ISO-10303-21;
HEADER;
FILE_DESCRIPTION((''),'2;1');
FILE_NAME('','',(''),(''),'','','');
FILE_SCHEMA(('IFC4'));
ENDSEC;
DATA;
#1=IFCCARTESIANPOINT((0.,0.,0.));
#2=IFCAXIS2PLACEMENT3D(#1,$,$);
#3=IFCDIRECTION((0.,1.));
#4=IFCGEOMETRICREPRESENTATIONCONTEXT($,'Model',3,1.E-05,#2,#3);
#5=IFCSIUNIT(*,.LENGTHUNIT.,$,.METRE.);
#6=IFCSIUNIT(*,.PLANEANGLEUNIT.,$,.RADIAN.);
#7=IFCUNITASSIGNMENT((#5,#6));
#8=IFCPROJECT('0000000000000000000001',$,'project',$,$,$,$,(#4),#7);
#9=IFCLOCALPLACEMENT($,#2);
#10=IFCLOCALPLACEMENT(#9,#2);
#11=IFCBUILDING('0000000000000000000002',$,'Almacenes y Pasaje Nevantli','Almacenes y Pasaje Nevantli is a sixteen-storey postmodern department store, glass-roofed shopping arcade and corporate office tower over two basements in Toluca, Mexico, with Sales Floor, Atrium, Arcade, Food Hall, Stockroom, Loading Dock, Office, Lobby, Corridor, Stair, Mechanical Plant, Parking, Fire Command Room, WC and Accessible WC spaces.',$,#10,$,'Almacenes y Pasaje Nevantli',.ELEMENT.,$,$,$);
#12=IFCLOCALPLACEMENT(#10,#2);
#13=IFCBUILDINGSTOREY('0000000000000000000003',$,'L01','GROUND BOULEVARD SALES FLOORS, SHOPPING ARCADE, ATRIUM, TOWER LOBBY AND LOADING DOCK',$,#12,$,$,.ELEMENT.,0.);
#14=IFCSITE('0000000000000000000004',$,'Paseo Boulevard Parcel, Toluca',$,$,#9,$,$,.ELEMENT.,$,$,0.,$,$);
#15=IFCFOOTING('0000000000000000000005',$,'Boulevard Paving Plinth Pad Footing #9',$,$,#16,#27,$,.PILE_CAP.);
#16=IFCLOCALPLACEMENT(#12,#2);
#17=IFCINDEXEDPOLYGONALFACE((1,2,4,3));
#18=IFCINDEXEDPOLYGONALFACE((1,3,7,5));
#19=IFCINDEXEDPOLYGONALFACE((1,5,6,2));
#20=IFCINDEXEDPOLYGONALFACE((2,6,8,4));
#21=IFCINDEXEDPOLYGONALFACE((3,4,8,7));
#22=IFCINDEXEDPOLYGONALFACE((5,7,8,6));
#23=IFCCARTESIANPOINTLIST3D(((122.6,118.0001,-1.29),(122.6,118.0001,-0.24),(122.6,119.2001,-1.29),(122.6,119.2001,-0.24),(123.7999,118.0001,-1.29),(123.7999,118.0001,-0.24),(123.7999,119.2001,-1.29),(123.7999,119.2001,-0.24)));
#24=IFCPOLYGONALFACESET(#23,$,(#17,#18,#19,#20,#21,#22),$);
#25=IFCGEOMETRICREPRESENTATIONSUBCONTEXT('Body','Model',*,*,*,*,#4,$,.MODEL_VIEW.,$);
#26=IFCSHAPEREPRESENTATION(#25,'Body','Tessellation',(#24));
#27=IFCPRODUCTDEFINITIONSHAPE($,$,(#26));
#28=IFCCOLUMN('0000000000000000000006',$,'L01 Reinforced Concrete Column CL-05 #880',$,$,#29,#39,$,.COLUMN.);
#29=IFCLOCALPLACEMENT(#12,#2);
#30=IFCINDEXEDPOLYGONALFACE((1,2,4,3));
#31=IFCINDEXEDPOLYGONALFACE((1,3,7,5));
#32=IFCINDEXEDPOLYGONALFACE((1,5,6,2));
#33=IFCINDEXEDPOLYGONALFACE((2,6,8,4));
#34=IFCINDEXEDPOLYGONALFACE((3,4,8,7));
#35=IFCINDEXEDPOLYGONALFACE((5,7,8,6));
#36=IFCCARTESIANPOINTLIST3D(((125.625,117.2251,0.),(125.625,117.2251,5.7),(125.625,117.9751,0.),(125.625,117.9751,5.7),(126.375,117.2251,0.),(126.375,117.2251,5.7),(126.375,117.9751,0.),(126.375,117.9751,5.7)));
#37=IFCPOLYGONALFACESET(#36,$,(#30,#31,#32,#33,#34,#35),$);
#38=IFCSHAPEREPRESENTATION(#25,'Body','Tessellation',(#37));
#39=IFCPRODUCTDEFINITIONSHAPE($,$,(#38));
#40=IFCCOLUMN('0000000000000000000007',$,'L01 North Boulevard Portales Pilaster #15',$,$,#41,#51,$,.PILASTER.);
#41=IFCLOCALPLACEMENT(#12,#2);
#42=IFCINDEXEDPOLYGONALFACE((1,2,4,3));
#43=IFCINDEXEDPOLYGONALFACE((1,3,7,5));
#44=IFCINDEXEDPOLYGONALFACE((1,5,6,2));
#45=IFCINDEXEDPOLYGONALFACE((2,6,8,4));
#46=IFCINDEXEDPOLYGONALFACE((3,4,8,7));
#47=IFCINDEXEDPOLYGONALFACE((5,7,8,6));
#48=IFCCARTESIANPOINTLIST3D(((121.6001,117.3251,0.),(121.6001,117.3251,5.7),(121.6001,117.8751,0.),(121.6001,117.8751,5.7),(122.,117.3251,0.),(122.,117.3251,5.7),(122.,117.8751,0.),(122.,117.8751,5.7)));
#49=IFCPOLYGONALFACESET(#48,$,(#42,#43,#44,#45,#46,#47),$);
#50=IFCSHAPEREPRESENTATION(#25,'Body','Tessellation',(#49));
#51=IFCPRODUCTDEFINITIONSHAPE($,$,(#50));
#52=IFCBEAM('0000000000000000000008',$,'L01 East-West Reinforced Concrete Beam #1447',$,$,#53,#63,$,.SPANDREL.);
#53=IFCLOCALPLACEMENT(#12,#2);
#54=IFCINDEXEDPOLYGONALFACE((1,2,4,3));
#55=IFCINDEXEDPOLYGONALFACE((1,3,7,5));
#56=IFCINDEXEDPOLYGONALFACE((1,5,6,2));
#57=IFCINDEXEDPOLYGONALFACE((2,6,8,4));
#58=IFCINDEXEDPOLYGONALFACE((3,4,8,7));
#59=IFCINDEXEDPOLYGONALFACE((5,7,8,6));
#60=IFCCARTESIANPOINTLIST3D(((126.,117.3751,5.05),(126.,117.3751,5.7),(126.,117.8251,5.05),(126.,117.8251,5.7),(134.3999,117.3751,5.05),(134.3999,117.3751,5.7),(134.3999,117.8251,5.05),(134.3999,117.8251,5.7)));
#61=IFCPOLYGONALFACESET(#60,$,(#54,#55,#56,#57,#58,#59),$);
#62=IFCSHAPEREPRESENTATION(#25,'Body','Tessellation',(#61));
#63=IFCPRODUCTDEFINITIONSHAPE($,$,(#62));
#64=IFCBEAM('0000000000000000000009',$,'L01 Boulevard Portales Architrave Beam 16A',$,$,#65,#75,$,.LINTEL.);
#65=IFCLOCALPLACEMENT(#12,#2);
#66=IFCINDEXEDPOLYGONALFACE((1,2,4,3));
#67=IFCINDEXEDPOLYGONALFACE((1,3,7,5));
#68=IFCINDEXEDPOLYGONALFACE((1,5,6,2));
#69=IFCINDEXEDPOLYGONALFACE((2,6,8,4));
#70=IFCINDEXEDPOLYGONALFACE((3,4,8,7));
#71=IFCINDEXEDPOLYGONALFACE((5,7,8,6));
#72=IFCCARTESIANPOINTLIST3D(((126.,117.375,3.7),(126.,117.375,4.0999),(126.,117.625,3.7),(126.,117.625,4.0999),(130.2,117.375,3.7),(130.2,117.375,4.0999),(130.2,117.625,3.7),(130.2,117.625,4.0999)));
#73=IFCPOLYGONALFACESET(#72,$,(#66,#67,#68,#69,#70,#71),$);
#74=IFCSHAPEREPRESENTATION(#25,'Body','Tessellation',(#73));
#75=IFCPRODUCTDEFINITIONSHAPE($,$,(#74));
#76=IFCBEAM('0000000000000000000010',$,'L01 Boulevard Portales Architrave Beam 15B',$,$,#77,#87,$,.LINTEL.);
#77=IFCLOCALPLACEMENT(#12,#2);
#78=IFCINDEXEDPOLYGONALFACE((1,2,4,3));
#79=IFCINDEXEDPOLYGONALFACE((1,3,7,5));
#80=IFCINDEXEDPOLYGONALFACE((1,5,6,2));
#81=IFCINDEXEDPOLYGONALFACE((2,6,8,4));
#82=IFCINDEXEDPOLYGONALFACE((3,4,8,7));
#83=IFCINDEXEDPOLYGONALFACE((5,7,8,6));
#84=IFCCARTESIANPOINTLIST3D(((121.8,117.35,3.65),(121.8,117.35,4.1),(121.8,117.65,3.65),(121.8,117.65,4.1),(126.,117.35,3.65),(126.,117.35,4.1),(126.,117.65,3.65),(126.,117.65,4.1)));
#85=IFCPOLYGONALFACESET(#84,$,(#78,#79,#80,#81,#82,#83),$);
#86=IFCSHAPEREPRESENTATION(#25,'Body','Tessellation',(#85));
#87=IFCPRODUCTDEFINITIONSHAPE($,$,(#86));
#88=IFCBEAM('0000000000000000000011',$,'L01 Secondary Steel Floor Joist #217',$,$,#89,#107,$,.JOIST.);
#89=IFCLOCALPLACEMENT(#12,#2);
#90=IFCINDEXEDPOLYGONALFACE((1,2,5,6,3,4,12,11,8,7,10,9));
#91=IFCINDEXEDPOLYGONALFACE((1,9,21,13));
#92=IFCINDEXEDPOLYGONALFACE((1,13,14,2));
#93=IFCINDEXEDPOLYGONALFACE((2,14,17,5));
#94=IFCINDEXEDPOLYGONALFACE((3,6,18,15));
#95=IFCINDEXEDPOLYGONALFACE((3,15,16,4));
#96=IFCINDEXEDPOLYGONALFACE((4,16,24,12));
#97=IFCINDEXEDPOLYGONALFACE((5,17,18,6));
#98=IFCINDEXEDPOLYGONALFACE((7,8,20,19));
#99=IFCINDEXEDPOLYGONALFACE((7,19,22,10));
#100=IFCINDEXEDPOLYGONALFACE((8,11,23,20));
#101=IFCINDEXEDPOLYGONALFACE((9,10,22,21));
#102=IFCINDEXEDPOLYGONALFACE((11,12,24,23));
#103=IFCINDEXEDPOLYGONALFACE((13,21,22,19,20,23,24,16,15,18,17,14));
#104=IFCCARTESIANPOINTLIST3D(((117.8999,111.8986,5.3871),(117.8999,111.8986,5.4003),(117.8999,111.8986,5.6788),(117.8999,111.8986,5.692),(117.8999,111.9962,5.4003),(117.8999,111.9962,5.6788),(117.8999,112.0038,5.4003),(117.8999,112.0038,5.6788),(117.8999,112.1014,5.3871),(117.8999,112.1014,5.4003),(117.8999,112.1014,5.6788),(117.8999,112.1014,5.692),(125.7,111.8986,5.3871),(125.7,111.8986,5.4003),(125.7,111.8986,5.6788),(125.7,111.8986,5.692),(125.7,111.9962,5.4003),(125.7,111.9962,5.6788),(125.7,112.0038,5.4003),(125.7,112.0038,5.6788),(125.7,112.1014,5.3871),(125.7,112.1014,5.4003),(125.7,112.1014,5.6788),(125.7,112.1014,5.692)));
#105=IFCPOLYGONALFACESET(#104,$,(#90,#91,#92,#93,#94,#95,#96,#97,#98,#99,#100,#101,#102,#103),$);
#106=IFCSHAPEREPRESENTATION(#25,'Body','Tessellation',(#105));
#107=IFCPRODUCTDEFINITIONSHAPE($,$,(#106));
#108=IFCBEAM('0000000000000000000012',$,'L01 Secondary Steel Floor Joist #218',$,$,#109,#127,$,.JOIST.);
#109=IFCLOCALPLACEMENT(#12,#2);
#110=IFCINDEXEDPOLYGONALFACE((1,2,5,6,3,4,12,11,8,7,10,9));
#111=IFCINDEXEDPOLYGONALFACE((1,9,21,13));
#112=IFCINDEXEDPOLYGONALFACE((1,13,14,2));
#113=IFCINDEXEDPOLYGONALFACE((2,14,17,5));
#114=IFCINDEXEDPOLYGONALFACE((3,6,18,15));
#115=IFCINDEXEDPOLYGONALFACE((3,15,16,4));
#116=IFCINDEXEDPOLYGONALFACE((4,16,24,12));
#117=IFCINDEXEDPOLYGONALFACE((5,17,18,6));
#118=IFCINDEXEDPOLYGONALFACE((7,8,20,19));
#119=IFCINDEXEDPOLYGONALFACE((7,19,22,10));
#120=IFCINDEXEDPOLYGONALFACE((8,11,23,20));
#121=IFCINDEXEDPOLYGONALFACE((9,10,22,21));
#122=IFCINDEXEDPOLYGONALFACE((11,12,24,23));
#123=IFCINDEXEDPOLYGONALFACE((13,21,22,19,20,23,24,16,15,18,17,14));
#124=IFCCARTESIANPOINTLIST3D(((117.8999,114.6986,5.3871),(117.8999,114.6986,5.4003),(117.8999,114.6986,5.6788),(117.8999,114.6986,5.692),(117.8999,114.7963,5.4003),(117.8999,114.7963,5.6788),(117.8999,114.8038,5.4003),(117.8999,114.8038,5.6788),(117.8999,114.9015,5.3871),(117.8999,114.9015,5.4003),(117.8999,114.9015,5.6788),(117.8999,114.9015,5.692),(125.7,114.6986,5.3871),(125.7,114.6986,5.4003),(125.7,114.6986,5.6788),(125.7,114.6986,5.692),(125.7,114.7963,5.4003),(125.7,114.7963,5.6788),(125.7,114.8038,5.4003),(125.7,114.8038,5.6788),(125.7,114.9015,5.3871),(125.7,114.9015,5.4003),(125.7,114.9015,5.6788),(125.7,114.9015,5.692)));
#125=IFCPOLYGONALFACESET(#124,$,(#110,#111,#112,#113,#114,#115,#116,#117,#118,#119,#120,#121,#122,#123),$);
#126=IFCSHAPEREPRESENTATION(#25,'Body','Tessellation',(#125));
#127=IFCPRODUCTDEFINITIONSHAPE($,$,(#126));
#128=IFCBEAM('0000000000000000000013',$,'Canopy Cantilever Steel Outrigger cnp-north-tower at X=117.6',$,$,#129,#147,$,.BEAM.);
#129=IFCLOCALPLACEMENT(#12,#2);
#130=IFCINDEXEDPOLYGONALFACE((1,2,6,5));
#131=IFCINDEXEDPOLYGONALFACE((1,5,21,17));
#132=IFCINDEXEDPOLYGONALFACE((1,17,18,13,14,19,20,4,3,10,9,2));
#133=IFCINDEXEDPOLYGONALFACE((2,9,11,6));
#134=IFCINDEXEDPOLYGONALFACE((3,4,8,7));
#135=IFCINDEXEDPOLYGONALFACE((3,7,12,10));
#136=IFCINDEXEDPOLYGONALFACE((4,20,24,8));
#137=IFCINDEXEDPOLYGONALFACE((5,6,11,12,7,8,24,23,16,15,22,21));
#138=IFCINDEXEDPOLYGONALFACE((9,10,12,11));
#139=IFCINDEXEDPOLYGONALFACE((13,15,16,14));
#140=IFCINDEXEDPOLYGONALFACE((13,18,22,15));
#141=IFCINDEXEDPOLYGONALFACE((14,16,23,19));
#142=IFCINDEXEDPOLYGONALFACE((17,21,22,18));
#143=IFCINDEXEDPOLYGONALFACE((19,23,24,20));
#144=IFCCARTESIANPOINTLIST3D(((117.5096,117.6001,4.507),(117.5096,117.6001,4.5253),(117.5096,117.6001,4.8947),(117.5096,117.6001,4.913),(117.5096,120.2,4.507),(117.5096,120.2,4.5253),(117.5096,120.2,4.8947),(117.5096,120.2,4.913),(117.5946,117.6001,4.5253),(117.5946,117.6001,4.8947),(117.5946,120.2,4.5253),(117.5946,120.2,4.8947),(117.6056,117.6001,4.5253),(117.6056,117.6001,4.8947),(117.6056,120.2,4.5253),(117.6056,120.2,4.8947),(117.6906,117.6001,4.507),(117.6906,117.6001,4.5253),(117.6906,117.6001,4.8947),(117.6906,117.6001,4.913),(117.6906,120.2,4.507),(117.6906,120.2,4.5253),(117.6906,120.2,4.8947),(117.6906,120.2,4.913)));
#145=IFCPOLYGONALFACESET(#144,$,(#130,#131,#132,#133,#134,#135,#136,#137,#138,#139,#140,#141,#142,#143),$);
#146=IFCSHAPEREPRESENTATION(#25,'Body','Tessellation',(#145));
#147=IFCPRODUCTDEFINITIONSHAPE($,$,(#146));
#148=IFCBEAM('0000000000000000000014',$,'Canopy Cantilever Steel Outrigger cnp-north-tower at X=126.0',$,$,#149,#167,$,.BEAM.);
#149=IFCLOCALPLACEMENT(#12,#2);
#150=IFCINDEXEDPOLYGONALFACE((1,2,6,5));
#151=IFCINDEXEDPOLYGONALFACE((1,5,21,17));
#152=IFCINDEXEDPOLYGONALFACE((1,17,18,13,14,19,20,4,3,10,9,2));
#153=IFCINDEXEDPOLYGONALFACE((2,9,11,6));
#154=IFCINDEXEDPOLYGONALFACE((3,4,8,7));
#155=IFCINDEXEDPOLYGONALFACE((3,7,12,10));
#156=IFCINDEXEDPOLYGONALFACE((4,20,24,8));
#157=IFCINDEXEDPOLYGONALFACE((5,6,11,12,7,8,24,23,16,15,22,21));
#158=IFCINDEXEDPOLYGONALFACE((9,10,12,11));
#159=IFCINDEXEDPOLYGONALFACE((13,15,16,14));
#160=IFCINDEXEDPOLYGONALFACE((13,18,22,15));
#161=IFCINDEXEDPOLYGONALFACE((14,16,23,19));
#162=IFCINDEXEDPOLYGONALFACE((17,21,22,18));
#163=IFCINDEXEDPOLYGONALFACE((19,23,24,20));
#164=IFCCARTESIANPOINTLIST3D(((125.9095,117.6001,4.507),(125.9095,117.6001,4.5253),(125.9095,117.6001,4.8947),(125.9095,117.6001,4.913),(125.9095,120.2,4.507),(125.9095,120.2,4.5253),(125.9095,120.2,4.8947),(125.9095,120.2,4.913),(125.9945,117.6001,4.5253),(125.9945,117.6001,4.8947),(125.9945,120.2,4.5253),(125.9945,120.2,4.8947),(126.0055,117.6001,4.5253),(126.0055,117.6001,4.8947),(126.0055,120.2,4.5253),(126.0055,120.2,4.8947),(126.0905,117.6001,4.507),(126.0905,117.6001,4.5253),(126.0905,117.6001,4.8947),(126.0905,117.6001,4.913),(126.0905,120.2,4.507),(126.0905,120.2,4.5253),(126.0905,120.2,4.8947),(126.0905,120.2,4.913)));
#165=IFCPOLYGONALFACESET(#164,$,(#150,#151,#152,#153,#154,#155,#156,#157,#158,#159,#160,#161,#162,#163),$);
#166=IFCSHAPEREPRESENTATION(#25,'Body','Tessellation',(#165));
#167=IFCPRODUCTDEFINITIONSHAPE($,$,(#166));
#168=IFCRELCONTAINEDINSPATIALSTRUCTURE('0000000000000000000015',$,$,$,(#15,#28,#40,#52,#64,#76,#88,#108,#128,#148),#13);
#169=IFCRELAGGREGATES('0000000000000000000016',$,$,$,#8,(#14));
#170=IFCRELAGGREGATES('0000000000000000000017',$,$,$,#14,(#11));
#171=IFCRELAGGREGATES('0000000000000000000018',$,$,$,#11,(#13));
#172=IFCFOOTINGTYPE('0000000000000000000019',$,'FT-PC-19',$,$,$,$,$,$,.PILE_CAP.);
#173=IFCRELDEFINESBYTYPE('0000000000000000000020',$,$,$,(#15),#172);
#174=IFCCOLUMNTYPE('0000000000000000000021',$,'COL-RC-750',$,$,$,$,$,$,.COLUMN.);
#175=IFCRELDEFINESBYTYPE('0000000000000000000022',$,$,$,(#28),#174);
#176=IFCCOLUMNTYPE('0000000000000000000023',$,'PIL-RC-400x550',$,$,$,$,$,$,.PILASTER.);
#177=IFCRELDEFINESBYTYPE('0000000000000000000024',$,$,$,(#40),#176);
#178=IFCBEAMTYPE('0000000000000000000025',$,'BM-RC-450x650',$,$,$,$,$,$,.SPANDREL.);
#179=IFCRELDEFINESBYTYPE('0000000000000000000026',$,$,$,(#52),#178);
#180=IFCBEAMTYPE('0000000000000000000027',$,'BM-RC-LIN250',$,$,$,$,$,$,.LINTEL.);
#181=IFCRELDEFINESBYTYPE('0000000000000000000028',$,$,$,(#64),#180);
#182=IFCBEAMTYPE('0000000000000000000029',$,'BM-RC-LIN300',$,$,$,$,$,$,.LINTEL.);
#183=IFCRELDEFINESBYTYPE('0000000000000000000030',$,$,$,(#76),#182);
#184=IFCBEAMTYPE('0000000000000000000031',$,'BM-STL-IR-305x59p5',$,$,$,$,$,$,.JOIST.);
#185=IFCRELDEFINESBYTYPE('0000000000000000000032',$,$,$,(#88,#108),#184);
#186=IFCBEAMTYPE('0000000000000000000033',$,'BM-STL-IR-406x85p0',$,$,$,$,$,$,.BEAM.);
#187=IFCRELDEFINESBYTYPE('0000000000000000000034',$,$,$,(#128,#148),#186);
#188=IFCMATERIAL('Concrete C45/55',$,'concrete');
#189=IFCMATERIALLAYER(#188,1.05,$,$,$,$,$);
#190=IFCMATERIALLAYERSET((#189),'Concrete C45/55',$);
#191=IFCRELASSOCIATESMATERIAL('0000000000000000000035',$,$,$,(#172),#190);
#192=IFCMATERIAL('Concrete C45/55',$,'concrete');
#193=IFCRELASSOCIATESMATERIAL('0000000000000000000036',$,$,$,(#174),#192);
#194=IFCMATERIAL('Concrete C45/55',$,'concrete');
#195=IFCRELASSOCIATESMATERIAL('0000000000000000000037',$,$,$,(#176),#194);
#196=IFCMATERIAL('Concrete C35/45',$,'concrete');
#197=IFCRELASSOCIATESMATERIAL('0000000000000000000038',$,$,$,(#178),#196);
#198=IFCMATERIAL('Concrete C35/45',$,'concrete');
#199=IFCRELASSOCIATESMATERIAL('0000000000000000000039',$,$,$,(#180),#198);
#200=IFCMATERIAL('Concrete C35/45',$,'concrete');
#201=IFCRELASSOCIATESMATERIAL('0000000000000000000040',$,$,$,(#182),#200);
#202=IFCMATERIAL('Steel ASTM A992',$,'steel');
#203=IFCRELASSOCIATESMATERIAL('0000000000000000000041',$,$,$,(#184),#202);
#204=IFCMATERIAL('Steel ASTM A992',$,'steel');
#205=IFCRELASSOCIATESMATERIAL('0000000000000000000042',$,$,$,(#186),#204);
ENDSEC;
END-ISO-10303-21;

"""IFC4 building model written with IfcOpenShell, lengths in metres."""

from ifc_helpers import new_model, si_unit, direction, frame, origin, origin_2d, place, context, subcontext, project, spatial, rectangle, i_section, extrude, material, layer, layer_set, material_profile, profile_set, type_object, element, save


model = new_model("IFC4")

# Units and contexts
model_context = context("Model", 3, precision=1e-05, world=origin(), true_north=direction((0.0, 1.0)))
body_context = subcontext(model_context, "Body", "Model", "MODEL_VIEW")
ifc_project = project(units=[si_unit("LENGTHUNIT", "METRE"), si_unit("PLANEANGLEUNIT", "RADIAN")], contexts=[model_context])

# Site, building, storey
site_placement = place(None, origin())
site = spatial("IfcSite", under=ifc_project, at=site_placement, Name="Paseo Boulevard Parcel, Toluca", CompositionType="ELEMENT", RefElevation=0.0)
building_placement = place(site_placement, origin())
building = spatial("IfcBuilding", under=site, at=building_placement, Name="Almacenes y Pasaje Nevantli", Description="Almacenes y Pasaje Nevantli is a sixteen-storey postmodern department store, glass-roofed shopping arcade and corporate office tower over two basements in Toluca, Mexico, with Sales Floor, Atrium, Arcade, Food Hall, Stockroom, Loading Dock, Office, Lobby, Corridor, Stair, Mechanical Plant, Parking, Fire Command Room, WC and Accessible WC spaces.", LongName="Almacenes y Pasaje Nevantli", CompositionType="ELEMENT")
storey_placement = place(building_placement, origin())
storey = spatial("IfcBuildingStorey", under=building, at=storey_placement, Name="L01", Description="GROUND BOULEVARD SALES FLOORS, SHOPPING ARCADE, ATRIUM, TOWER LOBBY AND LOADING DOCK", CompositionType="ELEMENT", Elevation=0.0)

# Footing
ifc_material_1 = material(Name="Concrete C45/55", Category="concrete")
ifc_layer_1 = layer(ifc_material_1, 1.05)
ifc_layer_set_1 = layer_set([ifc_layer_1], Name="Concrete C45/55")
footing_type = type_object("IfcFootingType", Name="FT-PC-19", PredefinedType="PILE_CAP", material=ifc_layer_set_1)
footing_placement = place(storey_placement, frame((123.2, 118.6001, -1.29), z_axis=(0.0, 0.0, 1.0), x_axis=(1.0, 0.0, 0.0)))
element("IfcFooting", 1, at=footing_placement, inside=storey, type_object=footing_type, Name="Boulevard Paving Plinth Pad Footing #9", PredefinedType="PILE_CAP", context=body_context, shape_type="SweptSolid", body=[
    extrude(rectangle(XDim=1.2, YDim=1.2, at=origin_2d()), origin(), (0.0, 0.0, 1.0), 1.05),
])

# Columns
ifc_material_2 = material(Name="Concrete C45/55", Category="concrete")
ifc_material_profile_1 = material_profile(ifc_material_2, rectangle(XDim=0.75, YDim=0.75, at=origin_2d()), Name="RC-COL-750x750")
ifc_profile_set_1 = profile_set([ifc_material_profile_1], Name="Concrete C45/55")
column_type_1 = type_object("IfcColumnType", Name="COL-RC-750", PredefinedType="COLUMN", material=ifc_profile_set_1)
column_1_placement = place(storey_placement, frame((126.0, 117.6001, 0.0), z_axis=(0.0, 0.0, 1.0), x_axis=(1.0, 0.0, 0.0)))
element("IfcColumn", 2, at=column_1_placement, inside=storey, type_object=column_type_1, Name="L01 Reinforced Concrete Column CL-05 #880", PredefinedType="COLUMN", context=body_context, shape_type="SweptSolid", body=[
    extrude(rectangle(XDim=0.75, YDim=0.75, at=origin_2d()), origin(), (0.0, 0.0, 1.0), 5.7),
])
ifc_material_3 = material(Name="Concrete C45/55", Category="concrete")
ifc_material_profile_2 = material_profile(ifc_material_3, rectangle(XDim=0.3999, YDim=0.55, at=origin_2d()), Name="RC-PIL-400x550")
ifc_profile_set_2 = profile_set([ifc_material_profile_2], Name="Concrete C45/55")
column_type_2 = type_object("IfcColumnType", Name="PIL-RC-400x550", PredefinedType="PILASTER", material=ifc_profile_set_2)
column_2_placement = place(storey_placement, frame((121.8, 117.6001, 0.0), z_axis=(0.0, 0.0, 1.0), x_axis=(1.0, 0.0, 0.0)))
element("IfcColumn", 3, at=column_2_placement, inside=storey, type_object=column_type_2, Name="L01 North Boulevard Portales Pilaster #15", PredefinedType="PILASTER", context=body_context, shape_type="SweptSolid", body=[
    extrude(rectangle(XDim=0.3999, YDim=0.55, at=origin_2d()), origin(), (0.0, 0.0, 1.0), 5.7),
])

# Beams
ifc_material_4 = material(Name="Concrete C35/45", Category="concrete")
ifc_material_profile_3 = material_profile(ifc_material_4, rectangle(XDim=0.45, YDim=0.6499, at=origin_2d()), Name="RC-BM-450x650")
ifc_profile_set_3 = profile_set([ifc_material_profile_3], Name="Concrete C35/45")
beam_type_1 = type_object("IfcBeamType", Name="BM-RC-450x650", PredefinedType="SPANDREL", material=ifc_profile_set_3)
beam_1_placement = place(storey_placement, frame((126.0, 117.6001, 5.375), z_axis=(1.0, 0.0, 0.0), x_axis=(0.0, 1.0, 0.0)))
element("IfcBeam", 4, at=beam_1_placement, inside=storey, type_object=beam_type_1, Name="L01 East-West Reinforced Concrete Beam #1447", PredefinedType="SPANDREL", context=body_context, shape_type="SweptSolid", body=[
    extrude(rectangle(XDim=0.45, YDim=0.6499, at=origin_2d()), origin(), (0.0, 0.0, 1.0), 8.3999),
])
ifc_material_5 = material(Name="Concrete C35/45", Category="concrete")
ifc_material_profile_4 = material_profile(ifc_material_5, rectangle(XDim=0.25, YDim=0.3999, at=origin_2d()), Name="RC-LIN-250x400")
ifc_profile_set_4 = profile_set([ifc_material_profile_4], Name="Concrete C35/45")
beam_type_2 = type_object("IfcBeamType", Name="BM-RC-LIN250", PredefinedType="LINTEL", material=ifc_profile_set_4)
beam_2_placement = place(storey_placement, frame((126.0, 117.5, 3.8999), z_axis=(1.0, 0.0, 0.0), x_axis=(0.0, 1.0, 0.0)))
element("IfcBeam", 5, at=beam_2_placement, inside=storey, type_object=beam_type_2, Name="L01 Boulevard Portales Architrave Beam 16A", PredefinedType="LINTEL", context=body_context, shape_type="SweptSolid", body=[
    extrude(rectangle(XDim=0.25, YDim=0.3999, at=origin_2d()), origin(), (0.0, 0.0, 1.0), 4.2),
])
ifc_material_6 = material(Name="Concrete C35/45", Category="concrete")
ifc_material_profile_5 = material_profile(ifc_material_6, rectangle(XDim=0.3, YDim=0.45, at=origin_2d()), Name="RC-LIN-300x450")
ifc_profile_set_5 = profile_set([ifc_material_profile_5], Name="Concrete C35/45")
beam_type_3 = type_object("IfcBeamType", Name="BM-RC-LIN300", PredefinedType="LINTEL", material=ifc_profile_set_5)
beam_3_placement = place(storey_placement, frame((121.8, 117.5, 3.875), z_axis=(1.0, 0.0, 0.0), x_axis=(0.0, 1.0, 0.0)))
element("IfcBeam", 6, at=beam_3_placement, inside=storey, type_object=beam_type_3, Name="L01 Boulevard Portales Architrave Beam 15B", PredefinedType="LINTEL", context=body_context, shape_type="SweptSolid", body=[
    extrude(rectangle(XDim=0.3, YDim=0.45, at=origin_2d()), origin(), (0.0, 0.0, 1.0), 4.2),
])
ifc_material_7 = material(Name="Steel ASTM A992", Category="steel")
ifc_material_profile_6 = material_profile(ifc_material_7, i_section(OverallWidth=0.2029, OverallDepth=0.3049, WebThickness=0.0076, FlangeThickness=0.0132, at=origin_2d()), Name="IR 305x59.5")
ifc_profile_set_6 = profile_set([ifc_material_profile_6], Name="Steel ASTM A992")
beam_type_4 = type_object("IfcBeamType", Name="BM-STL-IR-305x59p5", PredefinedType="JOIST", material=ifc_profile_set_6)
for number, where, z_axis, x_axis, name in (
    (7, (117.8999, 112.0, 5.5396), (1.0, 0.0, 0.0), (0.0, 1.0, 0.0), "L01 Secondary Steel Floor Joist #217"),
    (8, (117.8999, 114.8, 5.5396), (1.0, 0.0, 0.0), (0.0, 1.0, 0.0), "L01 Secondary Steel Floor Joist #218"),
):
    element("IfcBeam", number, at=place(storey_placement, frame(where, z_axis=z_axis, x_axis=x_axis)), inside=storey, type_object=beam_type_4, Name=name, PredefinedType="JOIST", context=body_context, shape_type="SweptSolid", body=[
        extrude(i_section(OverallWidth=0.2029, OverallDepth=0.3049, WebThickness=0.0076, FlangeThickness=0.0132, at=origin_2d()), origin(), (0.0, 0.0, 1.0), 7.8),
    ])
ifc_material_8 = material(Name="Steel ASTM A992", Category="steel")
ifc_material_profile_7 = material_profile(ifc_material_8, i_section(OverallWidth=0.1809, OverallDepth=0.406, WebThickness=0.011, FlangeThickness=0.0183, at=origin_2d()), Name="IR 406x85.0")
ifc_profile_set_7 = profile_set([ifc_material_profile_7], Name="Steel ASTM A992")
beam_type_5 = type_object("IfcBeamType", Name="BM-STL-IR-406x85p0", PredefinedType="BEAM", material=ifc_profile_set_7)
for number, where, z_axis, x_axis, name in (
    (9, (117.6001, 117.6001, 4.71), (0.0, 1.0, 0.0), (-1.0, 0.0, 0.0), "Canopy Cantilever Steel Outrigger cnp-north-tower at X=117.6"),
    (10, (126.0, 117.6001, 4.71), (0.0, 1.0, 0.0), (-1.0, 0.0, 0.0), "Canopy Cantilever Steel Outrigger cnp-north-tower at X=126.0"),
):
    element("IfcBeam", number, at=place(storey_placement, frame(where, z_axis=z_axis, x_axis=x_axis)), inside=storey, type_object=beam_type_5, Name=name, PredefinedType="BEAM", context=body_context, shape_type="SweptSolid", body=[
        extrude(i_section(OverallWidth=0.1809, OverallDepth=0.406, WebThickness=0.011, FlangeThickness=0.0183, at=origin_2d()), origin(), (0.0, 0.0, 1.0), 2.5999),
    ])

save(model, "model.ifc")
